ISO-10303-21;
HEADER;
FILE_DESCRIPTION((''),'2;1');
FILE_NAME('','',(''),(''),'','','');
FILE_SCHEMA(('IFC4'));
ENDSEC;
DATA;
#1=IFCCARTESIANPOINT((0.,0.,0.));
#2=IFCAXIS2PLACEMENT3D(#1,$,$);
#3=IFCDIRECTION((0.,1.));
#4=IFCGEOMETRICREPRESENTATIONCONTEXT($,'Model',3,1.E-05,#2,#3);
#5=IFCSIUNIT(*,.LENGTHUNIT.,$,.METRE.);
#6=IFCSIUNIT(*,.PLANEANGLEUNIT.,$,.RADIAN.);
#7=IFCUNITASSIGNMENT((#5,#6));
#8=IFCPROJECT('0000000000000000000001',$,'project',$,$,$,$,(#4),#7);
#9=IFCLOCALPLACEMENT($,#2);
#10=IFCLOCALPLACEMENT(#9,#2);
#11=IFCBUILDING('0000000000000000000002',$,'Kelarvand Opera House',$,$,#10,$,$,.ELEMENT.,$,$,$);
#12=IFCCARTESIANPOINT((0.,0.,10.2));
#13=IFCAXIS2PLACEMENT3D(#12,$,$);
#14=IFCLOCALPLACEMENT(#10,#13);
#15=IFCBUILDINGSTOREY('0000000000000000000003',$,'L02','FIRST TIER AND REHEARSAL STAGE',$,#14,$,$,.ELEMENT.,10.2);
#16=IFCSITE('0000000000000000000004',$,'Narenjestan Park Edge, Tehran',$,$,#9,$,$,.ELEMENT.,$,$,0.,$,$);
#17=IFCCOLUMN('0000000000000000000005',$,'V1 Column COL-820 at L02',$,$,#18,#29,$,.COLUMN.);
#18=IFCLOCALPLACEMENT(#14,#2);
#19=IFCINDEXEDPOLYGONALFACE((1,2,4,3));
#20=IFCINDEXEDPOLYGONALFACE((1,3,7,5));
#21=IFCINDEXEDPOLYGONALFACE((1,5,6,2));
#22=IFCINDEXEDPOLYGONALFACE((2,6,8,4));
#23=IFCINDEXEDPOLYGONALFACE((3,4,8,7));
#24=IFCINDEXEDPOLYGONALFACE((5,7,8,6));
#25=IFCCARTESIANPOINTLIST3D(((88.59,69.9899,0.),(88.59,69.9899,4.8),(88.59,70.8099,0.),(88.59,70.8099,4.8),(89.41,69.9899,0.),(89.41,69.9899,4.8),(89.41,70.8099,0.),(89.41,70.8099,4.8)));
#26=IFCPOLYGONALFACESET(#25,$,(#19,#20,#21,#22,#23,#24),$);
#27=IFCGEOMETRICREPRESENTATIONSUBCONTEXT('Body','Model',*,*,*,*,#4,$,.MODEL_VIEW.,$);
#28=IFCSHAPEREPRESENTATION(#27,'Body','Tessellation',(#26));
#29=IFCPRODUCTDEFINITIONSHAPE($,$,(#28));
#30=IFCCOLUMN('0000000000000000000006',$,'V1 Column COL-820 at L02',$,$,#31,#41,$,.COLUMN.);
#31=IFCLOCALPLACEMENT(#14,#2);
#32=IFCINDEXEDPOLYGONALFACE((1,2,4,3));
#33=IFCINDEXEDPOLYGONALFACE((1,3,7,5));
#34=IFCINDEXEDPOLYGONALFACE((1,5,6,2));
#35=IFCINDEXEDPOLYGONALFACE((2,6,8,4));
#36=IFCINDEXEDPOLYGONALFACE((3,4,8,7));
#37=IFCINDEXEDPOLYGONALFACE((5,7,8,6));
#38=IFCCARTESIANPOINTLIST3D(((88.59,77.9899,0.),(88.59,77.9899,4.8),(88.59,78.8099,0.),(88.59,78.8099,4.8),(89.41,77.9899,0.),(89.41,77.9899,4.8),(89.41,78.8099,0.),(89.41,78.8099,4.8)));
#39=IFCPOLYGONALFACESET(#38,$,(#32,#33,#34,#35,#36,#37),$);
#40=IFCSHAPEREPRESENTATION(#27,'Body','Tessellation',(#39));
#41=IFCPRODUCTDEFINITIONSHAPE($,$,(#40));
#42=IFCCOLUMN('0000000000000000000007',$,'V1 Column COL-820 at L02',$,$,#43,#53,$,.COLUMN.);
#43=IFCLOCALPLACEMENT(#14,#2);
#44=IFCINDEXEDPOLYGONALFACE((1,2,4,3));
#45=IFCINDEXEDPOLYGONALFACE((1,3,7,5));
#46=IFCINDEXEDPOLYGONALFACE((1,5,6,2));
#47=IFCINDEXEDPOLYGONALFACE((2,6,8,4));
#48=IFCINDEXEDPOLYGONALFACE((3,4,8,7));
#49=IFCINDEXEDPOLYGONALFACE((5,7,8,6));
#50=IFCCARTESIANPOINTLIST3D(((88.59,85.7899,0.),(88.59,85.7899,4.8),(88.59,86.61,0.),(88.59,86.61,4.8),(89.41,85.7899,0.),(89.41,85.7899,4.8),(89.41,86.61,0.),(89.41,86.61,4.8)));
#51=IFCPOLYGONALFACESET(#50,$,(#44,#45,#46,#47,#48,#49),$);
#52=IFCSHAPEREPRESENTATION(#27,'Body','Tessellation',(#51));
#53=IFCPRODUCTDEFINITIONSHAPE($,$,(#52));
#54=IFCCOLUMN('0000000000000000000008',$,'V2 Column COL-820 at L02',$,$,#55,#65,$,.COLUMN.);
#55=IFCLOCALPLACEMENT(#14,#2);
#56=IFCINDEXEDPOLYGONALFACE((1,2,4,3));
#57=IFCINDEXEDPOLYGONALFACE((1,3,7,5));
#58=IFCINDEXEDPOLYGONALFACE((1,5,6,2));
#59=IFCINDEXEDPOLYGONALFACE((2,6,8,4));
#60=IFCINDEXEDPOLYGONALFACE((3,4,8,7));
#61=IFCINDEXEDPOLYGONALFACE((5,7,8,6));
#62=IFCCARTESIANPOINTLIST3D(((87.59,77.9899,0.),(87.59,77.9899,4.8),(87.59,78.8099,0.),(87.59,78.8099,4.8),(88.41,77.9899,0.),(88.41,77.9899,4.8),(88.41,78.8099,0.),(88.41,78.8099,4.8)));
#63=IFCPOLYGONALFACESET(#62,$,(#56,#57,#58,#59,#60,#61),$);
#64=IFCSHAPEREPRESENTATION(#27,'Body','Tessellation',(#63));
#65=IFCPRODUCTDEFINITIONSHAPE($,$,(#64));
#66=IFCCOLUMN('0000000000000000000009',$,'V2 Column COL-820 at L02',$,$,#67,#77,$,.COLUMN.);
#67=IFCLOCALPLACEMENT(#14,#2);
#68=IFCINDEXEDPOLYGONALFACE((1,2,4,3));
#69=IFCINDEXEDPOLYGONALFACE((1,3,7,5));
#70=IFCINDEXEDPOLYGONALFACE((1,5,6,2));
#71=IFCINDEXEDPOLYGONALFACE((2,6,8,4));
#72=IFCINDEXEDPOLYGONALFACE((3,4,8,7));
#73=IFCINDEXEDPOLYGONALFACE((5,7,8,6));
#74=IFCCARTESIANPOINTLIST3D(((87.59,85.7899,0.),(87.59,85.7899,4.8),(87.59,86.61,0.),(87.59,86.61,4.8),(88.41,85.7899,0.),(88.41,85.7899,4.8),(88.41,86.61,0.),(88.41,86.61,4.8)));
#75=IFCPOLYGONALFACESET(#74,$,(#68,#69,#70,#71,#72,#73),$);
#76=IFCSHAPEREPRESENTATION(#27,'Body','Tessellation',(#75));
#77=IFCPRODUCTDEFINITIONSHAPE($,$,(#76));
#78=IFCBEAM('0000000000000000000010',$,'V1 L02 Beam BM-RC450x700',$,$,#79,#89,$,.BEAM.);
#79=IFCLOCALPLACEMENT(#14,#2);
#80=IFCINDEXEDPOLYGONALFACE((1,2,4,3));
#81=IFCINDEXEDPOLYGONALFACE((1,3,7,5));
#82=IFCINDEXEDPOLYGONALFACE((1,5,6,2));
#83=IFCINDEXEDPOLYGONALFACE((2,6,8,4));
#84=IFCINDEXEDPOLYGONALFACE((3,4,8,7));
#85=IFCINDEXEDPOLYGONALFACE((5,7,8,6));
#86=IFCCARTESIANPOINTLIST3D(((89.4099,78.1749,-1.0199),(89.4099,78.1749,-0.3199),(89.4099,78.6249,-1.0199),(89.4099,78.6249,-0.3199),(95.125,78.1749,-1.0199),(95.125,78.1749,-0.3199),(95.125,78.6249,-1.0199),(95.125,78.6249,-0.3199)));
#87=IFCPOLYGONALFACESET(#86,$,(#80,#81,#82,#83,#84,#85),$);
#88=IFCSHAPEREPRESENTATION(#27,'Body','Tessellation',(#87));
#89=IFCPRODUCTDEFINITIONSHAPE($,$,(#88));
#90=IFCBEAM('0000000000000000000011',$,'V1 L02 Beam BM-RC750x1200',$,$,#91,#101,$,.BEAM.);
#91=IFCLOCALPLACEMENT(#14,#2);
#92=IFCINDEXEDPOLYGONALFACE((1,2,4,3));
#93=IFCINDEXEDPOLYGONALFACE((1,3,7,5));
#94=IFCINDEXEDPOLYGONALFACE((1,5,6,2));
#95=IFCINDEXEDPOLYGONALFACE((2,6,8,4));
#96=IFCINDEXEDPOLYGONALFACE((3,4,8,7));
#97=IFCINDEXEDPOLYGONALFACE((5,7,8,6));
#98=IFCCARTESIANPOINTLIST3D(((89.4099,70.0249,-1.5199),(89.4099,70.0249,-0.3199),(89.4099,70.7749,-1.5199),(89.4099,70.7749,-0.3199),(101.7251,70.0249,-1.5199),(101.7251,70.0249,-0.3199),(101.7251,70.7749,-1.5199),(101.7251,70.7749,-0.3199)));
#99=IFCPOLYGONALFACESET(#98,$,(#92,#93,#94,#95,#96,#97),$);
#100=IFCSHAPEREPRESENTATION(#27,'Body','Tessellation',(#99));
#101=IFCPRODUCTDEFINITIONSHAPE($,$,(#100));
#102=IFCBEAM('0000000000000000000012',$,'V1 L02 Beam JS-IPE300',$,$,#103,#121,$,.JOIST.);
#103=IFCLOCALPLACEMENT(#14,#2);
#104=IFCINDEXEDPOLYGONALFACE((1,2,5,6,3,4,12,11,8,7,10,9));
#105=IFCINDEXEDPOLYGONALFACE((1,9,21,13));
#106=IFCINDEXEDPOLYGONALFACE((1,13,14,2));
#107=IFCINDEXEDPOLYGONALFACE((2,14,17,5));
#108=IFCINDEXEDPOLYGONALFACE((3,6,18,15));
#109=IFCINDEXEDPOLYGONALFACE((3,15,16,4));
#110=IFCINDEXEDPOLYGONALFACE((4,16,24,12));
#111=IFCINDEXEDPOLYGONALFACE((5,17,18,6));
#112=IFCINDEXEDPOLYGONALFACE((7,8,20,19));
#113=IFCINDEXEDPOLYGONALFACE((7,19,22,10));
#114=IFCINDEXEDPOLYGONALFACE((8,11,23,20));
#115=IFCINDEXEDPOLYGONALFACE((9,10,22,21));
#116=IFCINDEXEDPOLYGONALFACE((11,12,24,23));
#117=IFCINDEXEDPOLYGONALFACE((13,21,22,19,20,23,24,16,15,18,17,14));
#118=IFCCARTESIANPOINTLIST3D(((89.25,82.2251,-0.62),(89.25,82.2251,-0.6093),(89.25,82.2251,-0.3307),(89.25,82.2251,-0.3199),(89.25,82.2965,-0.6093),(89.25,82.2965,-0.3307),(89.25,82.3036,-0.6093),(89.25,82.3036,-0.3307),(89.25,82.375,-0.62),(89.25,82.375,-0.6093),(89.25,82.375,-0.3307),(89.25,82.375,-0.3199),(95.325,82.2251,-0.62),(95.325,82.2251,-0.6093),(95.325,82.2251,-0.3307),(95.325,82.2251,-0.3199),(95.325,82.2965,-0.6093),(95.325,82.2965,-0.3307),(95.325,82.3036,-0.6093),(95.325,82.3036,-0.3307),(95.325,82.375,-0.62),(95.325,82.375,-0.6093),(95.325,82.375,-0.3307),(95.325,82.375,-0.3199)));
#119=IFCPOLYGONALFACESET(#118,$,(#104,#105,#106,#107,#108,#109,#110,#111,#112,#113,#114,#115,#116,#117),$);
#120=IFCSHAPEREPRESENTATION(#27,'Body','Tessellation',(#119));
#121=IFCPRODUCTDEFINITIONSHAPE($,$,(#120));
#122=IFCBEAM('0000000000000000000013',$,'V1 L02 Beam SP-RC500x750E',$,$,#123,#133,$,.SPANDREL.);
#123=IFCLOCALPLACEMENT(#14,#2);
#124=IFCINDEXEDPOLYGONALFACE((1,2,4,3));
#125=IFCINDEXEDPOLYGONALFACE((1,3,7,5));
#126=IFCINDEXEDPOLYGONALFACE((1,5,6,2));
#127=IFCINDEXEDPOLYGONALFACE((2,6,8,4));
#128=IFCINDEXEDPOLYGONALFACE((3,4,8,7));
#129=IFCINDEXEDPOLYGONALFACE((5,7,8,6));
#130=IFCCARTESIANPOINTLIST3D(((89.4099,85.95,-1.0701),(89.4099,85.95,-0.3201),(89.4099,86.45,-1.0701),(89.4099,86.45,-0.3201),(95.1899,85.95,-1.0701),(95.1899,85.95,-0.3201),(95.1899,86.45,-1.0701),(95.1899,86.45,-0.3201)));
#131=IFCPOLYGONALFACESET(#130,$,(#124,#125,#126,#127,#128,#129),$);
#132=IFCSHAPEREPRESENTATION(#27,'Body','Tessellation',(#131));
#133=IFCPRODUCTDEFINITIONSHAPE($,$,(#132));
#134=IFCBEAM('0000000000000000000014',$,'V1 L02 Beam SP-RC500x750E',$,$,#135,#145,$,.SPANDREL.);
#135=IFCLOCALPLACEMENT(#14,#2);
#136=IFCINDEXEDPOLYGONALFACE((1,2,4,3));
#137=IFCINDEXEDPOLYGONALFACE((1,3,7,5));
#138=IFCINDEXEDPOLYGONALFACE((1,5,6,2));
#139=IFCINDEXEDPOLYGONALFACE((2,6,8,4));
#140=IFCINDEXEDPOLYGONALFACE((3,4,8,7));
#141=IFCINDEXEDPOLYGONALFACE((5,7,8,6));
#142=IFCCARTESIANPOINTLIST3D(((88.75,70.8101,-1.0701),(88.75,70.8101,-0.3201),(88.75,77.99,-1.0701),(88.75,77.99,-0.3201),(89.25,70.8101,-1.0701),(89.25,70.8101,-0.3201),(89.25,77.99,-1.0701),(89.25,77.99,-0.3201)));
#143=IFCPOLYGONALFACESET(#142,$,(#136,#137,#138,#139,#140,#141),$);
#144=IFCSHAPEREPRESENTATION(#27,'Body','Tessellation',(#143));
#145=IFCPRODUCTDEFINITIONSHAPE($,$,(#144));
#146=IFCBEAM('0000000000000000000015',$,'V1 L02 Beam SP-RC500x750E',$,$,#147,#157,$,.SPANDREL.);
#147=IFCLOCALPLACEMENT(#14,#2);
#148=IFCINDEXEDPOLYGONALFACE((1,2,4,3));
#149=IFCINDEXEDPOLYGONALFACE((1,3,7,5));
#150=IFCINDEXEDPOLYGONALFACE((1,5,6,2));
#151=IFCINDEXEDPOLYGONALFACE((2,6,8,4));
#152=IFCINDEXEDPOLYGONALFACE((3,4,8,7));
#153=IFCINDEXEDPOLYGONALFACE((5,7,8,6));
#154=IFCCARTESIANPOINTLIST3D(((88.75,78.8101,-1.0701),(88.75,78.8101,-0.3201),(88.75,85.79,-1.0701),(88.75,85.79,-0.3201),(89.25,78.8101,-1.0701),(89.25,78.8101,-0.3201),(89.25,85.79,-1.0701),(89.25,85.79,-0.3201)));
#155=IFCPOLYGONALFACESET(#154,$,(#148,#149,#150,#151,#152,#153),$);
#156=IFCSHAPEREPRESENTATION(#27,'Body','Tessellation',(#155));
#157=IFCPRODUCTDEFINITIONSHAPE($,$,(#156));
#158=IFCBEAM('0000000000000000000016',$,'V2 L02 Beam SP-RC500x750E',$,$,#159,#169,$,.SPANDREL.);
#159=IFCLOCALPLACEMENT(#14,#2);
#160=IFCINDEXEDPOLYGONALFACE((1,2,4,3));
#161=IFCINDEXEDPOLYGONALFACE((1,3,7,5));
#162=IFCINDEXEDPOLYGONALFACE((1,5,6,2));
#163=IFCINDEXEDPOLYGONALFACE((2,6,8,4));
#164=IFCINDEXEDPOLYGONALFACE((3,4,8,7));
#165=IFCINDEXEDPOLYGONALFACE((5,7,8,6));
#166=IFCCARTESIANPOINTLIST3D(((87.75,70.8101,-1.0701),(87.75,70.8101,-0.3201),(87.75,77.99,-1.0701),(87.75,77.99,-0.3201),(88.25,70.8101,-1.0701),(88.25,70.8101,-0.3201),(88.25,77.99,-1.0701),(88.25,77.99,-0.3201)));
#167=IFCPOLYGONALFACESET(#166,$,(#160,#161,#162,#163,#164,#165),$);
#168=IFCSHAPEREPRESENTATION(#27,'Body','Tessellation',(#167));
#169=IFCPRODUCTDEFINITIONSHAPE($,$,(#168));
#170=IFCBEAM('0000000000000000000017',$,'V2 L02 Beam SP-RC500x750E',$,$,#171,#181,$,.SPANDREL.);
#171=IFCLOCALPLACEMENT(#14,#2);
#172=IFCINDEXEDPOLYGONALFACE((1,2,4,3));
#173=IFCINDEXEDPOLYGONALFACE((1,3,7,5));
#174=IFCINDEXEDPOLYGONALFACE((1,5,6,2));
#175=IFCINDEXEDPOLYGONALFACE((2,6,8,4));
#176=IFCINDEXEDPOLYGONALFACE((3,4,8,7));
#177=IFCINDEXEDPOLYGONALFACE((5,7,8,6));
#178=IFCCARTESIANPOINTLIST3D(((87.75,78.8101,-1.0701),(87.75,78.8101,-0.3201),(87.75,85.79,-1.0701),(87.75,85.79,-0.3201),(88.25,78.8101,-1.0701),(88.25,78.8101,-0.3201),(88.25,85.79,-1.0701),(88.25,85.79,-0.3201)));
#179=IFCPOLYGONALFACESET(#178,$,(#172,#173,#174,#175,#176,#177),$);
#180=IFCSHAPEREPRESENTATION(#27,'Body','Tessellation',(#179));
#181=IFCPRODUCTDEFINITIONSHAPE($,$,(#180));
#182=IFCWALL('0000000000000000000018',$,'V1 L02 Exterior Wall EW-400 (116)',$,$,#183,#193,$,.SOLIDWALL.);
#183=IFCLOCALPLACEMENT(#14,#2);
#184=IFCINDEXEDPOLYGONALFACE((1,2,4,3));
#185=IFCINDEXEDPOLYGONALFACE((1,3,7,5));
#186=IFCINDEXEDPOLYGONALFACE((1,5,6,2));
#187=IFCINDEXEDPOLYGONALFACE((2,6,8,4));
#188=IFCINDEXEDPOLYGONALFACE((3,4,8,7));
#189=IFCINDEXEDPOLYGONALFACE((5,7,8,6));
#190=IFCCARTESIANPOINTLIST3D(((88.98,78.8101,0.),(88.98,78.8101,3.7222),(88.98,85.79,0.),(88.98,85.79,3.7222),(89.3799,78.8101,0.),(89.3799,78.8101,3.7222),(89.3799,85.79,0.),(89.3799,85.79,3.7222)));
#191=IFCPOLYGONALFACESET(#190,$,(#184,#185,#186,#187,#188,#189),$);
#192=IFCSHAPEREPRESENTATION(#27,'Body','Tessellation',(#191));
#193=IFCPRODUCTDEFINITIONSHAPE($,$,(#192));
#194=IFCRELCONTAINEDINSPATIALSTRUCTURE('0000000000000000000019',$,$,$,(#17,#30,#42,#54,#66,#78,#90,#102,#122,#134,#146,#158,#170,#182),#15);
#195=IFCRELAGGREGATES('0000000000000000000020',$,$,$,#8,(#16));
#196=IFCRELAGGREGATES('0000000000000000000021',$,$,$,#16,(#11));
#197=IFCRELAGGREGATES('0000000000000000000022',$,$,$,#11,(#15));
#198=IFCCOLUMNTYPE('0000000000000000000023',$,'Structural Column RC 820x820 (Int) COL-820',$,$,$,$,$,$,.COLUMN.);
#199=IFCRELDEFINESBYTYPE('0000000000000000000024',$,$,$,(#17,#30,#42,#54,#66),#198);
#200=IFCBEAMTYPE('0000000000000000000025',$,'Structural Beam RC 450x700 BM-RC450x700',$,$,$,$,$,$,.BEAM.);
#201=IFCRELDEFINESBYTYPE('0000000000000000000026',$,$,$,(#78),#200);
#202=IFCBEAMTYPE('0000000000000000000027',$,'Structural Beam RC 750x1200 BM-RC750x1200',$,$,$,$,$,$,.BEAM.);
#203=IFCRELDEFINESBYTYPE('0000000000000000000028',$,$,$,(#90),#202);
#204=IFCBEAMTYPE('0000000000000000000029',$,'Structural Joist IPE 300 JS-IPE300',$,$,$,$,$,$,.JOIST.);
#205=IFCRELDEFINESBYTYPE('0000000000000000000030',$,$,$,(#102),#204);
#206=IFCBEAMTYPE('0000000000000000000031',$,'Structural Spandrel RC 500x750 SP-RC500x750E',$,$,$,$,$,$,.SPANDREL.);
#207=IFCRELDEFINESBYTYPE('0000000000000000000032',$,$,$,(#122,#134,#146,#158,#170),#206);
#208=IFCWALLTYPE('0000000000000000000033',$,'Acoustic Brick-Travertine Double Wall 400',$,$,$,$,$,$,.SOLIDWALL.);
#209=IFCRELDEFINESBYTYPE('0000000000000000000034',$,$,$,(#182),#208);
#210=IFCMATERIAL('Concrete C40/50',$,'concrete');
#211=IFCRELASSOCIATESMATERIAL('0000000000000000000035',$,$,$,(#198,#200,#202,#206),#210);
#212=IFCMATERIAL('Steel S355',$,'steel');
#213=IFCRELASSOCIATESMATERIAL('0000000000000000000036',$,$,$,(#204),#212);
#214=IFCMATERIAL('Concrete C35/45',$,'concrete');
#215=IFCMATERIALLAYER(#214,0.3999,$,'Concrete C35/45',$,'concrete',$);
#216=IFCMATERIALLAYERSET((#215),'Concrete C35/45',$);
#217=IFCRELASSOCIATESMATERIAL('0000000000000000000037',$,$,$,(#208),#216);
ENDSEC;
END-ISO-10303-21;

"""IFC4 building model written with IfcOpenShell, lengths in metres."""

from ifc_helpers import new_model, si_unit, direction, frame, frame_2d, origin, origin_2d, place, context, subcontext, project, spatial, rectangle, i_section, extrude, material, layer, layer_set, material_profile, profile_set, type_object, element, save


model = new_model("IFC4")

# Units and contexts
model_context = context("Model", 3, precision=1e-05, world=origin(), true_north=direction((0.0, 1.0)))
body_context = subcontext(model_context, "Body", "Model", "MODEL_VIEW")
ifc_project = project(units=[si_unit("LENGTHUNIT", "METRE"), si_unit("PLANEANGLEUNIT", "RADIAN")], contexts=[model_context])

# Site, building, storey
site_placement = place(None, origin())
site = spatial("IfcSite", under=ifc_project, at=site_placement, Name="Narenjestan Park Edge, Tehran", CompositionType="ELEMENT", RefElevation=0.0)
building_placement = place(site_placement, origin())
building = spatial("IfcBuilding", under=site, at=building_placement, Name="Kelarvand Opera House", CompositionType="ELEMENT")
storey_placement = place(building_placement, frame((0.0, 0.0, 10.2)))
storey = spatial("IfcBuildingStorey", under=building, at=storey_placement, Name="L02", Description="FIRST TIER AND REHEARSAL STAGE", CompositionType="ELEMENT", Elevation=10.2)

# Columns
ifc_material_1 = material(Name="Concrete C40/50", Category="concrete")
ifc_material_profile_1 = material_profile(ifc_material_1, rectangle(XDim=0.8201, YDim=0.8201, at=origin_2d()), Name="RC 820x820", Category="concrete")
ifc_profile_set_1 = profile_set([ifc_material_profile_1], Name="Concrete C40/50")
column_type = type_object("IfcColumnType", Name="Structural Column RC 820x820 (Int) COL-820", PredefinedType="COLUMN", material=ifc_profile_set_1)
for number, where, z_axis, x_axis, name in (
    (1, (89.0, 70.3999, 0.0), (0.0, 0.0, 1.0), (1.0, 0.0, 0.0), "V1 Column COL-820 at L02"),
    (2, (89.0, 78.3999, 0.0), (0.0, 0.0, 1.0), (1.0, 0.0, 0.0), "V1 Column COL-820 at L02"),
    (3, (89.0, 86.2, 0.0), (0.0, 0.0, 1.0), (1.0, 0.0, 0.0), "V1 Column COL-820 at L02"),
    (4, (88.0, 78.3999, 0.0), (0.0, 0.0, 1.0), (1.0, 0.0, 0.0), "V2 Column COL-820 at L02"),
    (5, (88.0, 86.2, 0.0), (0.0, 0.0, 1.0), (1.0, 0.0, 0.0), "V2 Column COL-820 at L02"),
):
    element("IfcColumn", number, at=place(storey_placement, frame(where, z_axis=z_axis, x_axis=x_axis)), inside=storey, type_object=column_type, Name=name, PredefinedType="COLUMN", context=body_context, shape_type="SweptSolid", body=[
        extrude(rectangle(XDim=0.8201, YDim=0.8201, at=origin_2d()), origin(), (0.0, 0.0, 1.0), 4.8),
    ])

# Beams
ifc_material_profile_2 = material_profile(ifc_material_1, rectangle(XDim=0.45, YDim=0.7, at=origin_2d()), Name="RC 450x700", Category="concrete")
ifc_profile_set_2 = profile_set([ifc_material_profile_2], Name="Concrete C40/50")
beam_type_1 = type_object("IfcBeamType", Name="Structural Beam RC 450x700 BM-RC450x700", PredefinedType="BEAM", material=ifc_profile_set_2)
beam_1_placement = place(storey_placement, frame((89.4099, 78.3999, -0.6699), z_axis=(1.0, 0.0, 0.0), x_axis=(0.0, 1.0, 0.0)))
element("IfcBeam", 6, at=beam_1_placement, inside=storey, type_object=beam_type_1, Name="V1 L02 Beam BM-RC450x700", PredefinedType="BEAM", context=body_context, shape_type="SweptSolid", body=[
    extrude(rectangle(XDim=0.45, YDim=0.7, at=origin_2d()), origin(), (0.0, 0.0, 1.0), 5.7151),
])
ifc_material_profile_3 = material_profile(ifc_material_1, rectangle(XDim=0.75, YDim=1.2, at=origin_2d()), Name="RC 750x1200", Category="concrete")
ifc_profile_set_3 = profile_set([ifc_material_profile_3], Name="Concrete C40/50")
beam_type_2 = type_object("IfcBeamType", Name="Structural Beam RC 750x1200 BM-RC750x1200", PredefinedType="BEAM", material=ifc_profile_set_3)
beam_2_placement = place(storey_placement, frame((89.4099, 70.3999, -0.9199), z_axis=(1.0, 0.0, 0.0), x_axis=(0.0, 1.0, 0.0)))
element("IfcBeam", 7, at=beam_2_placement, inside=storey, type_object=beam_type_2, Name="V1 L02 Beam BM-RC750x1200", PredefinedType="BEAM", context=body_context, shape_type="SweptSolid", body=[
    extrude(rectangle(XDim=0.75, YDim=1.2, at=origin_2d()), origin(), (0.0, 0.0, 1.0), 12.3152),
])
ifc_material_2 = material(Name="Steel S355", Category="steel")
ifc_material_profile_4 = material_profile(ifc_material_2, i_section(OverallWidth=0.1499, OverallDepth=0.3, WebThickness=0.0071, FlangeThickness=0.0107, at=origin_2d()), Name="IPE 300", Category="steel")
ifc_profile_set_4 = profile_set([ifc_material_profile_4], Name="Steel S355")
beam_type_3 = type_object("IfcBeamType", Name="Structural Joist IPE 300 JS-IPE300", PredefinedType="JOIST", material=ifc_profile_set_4)
beam_3_placement = place(storey_placement, frame((89.25, 82.3, -0.47), z_axis=(1.0, 0.0, 0.0), x_axis=(0.0, 1.0, 0.0)))
element("IfcBeam", 8, at=beam_3_placement, inside=storey, type_object=beam_type_3, Name="V1 L02 Beam JS-IPE300", PredefinedType="JOIST", context=body_context, shape_type="SweptSolid", body=[
    extrude(i_section(OverallWidth=0.1499, OverallDepth=0.3, WebThickness=0.0071, FlangeThickness=0.0107, at=origin_2d()), origin(), (0.0, 0.0, 1.0), 6.075),
])
ifc_material_profile_5 = material_profile(ifc_material_1, rectangle(XDim=0.5, YDim=0.75, at=origin_2d()), Name="RC 500x750", Category="concrete")
ifc_profile_set_5 = profile_set([ifc_material_profile_5], Name="Concrete C40/50")
beam_type_4 = type_object("IfcBeamType", Name="Structural Spandrel RC 500x750 SP-RC500x750E", PredefinedType="SPANDREL", material=ifc_profile_set_5)
beam_4_placement = place(storey_placement, frame((89.4099, 86.2, -0.6951), z_axis=(1.0, 0.0, 0.0), x_axis=(0.0, 1.0, 0.0)))
element("IfcBeam", 9, at=beam_4_placement, inside=storey, type_object=beam_type_4, Name="V1 L02 Beam SP-RC500x750E", PredefinedType="SPANDREL", context=body_context, shape_type="SweptSolid", body=[
    extrude(rectangle(XDim=0.5, YDim=0.75, at=origin_2d()), origin(), (0.0, 0.0, 1.0), 5.78),
])
beam_5_placement = place(storey_placement, frame((89.0, 70.8101, -0.6951), z_axis=(0.0, 1.0, 0.0), x_axis=(-1.0, 0.0, 0.0)))
element("IfcBeam", 10, at=beam_5_placement, inside=storey, type_object=beam_type_4, Name="V1 L02 Beam SP-RC500x750E", PredefinedType="SPANDREL", context=body_context, shape_type="SweptSolid", body=[
    extrude(rectangle(XDim=0.5, YDim=0.75, at=origin_2d()), origin(), (0.0, 0.0, 1.0), 7.1799),
])
beam_6_placement = place(storey_placement, frame((89.0, 78.8101, -0.6951), z_axis=(0.0, 1.0, 0.0), x_axis=(-1.0, 0.0, 0.0)))
element("IfcBeam", 11, at=beam_6_placement, inside=storey, type_object=beam_type_4, Name="V1 L02 Beam SP-RC500x750E", PredefinedType="SPANDREL", context=body_context, shape_type="SweptSolid", body=[
    extrude(rectangle(XDim=0.5, YDim=0.75, at=origin_2d()), origin(), (0.0, 0.0, 1.0), 6.98),
])
beam_7_placement = place(storey_placement, frame((88.0, 70.8101, -0.6951), z_axis=(0.0, 1.0, 0.0), x_axis=(-1.0, 0.0, 0.0)))
element("IfcBeam", 12, at=beam_7_placement, inside=storey, type_object=beam_type_4, Name="V2 L02 Beam SP-RC500x750E", PredefinedType="SPANDREL", context=body_context, shape_type="SweptSolid", body=[
    extrude(rectangle(XDim=0.5, YDim=0.75, at=origin_2d()), origin(), (0.0, 0.0, 1.0), 7.1799),
])
beam_8_placement = place(storey_placement, frame((88.0, 78.8101, -0.6951), z_axis=(0.0, 1.0, 0.0), x_axis=(-1.0, 0.0, 0.0)))
element("IfcBeam", 13, at=beam_8_placement, inside=storey, type_object=beam_type_4, Name="V2 L02 Beam SP-RC500x750E", PredefinedType="SPANDREL", context=body_context, shape_type="SweptSolid", body=[
    extrude(rectangle(XDim=0.5, YDim=0.75, at=origin_2d()), origin(), (0.0, 0.0, 1.0), 6.98),
])

# Wall
ifc_material_3 = material(Name="Concrete C35/45", Category="concrete")
ifc_layer = layer(ifc_material_3, 0.3999, Name="Concrete C35/45", Category="concrete")
ifc_layer_set = layer_set([ifc_layer], Name="Concrete C35/45")
wall_type = type_object("IfcWallType", Name="Acoustic Brick-Travertine Double Wall 400", PredefinedType="SOLIDWALL", material=ifc_layer_set)
wall_1_placement = place(storey_placement, frame((89.1799, 78.8101, 0.0), z_axis=(0.0, 0.0, 1.0), x_axis=(0.0, 1.0, 0.0)))
element("IfcWall", 14, at=wall_1_placement, inside=storey, type_object=wall_type, Name="V1 L02 Exterior Wall EW-400 (116)", PredefinedType="SOLIDWALL", context=body_context, shape_type="SweptSolid", body=[
    extrude(rectangle(XDim=6.98, YDim=0.3999, at=frame_2d((3.49, 0.0))), origin(), (0.0, 0.0, 1.0), 3.7222),
])

save(model, "model.ifc")
